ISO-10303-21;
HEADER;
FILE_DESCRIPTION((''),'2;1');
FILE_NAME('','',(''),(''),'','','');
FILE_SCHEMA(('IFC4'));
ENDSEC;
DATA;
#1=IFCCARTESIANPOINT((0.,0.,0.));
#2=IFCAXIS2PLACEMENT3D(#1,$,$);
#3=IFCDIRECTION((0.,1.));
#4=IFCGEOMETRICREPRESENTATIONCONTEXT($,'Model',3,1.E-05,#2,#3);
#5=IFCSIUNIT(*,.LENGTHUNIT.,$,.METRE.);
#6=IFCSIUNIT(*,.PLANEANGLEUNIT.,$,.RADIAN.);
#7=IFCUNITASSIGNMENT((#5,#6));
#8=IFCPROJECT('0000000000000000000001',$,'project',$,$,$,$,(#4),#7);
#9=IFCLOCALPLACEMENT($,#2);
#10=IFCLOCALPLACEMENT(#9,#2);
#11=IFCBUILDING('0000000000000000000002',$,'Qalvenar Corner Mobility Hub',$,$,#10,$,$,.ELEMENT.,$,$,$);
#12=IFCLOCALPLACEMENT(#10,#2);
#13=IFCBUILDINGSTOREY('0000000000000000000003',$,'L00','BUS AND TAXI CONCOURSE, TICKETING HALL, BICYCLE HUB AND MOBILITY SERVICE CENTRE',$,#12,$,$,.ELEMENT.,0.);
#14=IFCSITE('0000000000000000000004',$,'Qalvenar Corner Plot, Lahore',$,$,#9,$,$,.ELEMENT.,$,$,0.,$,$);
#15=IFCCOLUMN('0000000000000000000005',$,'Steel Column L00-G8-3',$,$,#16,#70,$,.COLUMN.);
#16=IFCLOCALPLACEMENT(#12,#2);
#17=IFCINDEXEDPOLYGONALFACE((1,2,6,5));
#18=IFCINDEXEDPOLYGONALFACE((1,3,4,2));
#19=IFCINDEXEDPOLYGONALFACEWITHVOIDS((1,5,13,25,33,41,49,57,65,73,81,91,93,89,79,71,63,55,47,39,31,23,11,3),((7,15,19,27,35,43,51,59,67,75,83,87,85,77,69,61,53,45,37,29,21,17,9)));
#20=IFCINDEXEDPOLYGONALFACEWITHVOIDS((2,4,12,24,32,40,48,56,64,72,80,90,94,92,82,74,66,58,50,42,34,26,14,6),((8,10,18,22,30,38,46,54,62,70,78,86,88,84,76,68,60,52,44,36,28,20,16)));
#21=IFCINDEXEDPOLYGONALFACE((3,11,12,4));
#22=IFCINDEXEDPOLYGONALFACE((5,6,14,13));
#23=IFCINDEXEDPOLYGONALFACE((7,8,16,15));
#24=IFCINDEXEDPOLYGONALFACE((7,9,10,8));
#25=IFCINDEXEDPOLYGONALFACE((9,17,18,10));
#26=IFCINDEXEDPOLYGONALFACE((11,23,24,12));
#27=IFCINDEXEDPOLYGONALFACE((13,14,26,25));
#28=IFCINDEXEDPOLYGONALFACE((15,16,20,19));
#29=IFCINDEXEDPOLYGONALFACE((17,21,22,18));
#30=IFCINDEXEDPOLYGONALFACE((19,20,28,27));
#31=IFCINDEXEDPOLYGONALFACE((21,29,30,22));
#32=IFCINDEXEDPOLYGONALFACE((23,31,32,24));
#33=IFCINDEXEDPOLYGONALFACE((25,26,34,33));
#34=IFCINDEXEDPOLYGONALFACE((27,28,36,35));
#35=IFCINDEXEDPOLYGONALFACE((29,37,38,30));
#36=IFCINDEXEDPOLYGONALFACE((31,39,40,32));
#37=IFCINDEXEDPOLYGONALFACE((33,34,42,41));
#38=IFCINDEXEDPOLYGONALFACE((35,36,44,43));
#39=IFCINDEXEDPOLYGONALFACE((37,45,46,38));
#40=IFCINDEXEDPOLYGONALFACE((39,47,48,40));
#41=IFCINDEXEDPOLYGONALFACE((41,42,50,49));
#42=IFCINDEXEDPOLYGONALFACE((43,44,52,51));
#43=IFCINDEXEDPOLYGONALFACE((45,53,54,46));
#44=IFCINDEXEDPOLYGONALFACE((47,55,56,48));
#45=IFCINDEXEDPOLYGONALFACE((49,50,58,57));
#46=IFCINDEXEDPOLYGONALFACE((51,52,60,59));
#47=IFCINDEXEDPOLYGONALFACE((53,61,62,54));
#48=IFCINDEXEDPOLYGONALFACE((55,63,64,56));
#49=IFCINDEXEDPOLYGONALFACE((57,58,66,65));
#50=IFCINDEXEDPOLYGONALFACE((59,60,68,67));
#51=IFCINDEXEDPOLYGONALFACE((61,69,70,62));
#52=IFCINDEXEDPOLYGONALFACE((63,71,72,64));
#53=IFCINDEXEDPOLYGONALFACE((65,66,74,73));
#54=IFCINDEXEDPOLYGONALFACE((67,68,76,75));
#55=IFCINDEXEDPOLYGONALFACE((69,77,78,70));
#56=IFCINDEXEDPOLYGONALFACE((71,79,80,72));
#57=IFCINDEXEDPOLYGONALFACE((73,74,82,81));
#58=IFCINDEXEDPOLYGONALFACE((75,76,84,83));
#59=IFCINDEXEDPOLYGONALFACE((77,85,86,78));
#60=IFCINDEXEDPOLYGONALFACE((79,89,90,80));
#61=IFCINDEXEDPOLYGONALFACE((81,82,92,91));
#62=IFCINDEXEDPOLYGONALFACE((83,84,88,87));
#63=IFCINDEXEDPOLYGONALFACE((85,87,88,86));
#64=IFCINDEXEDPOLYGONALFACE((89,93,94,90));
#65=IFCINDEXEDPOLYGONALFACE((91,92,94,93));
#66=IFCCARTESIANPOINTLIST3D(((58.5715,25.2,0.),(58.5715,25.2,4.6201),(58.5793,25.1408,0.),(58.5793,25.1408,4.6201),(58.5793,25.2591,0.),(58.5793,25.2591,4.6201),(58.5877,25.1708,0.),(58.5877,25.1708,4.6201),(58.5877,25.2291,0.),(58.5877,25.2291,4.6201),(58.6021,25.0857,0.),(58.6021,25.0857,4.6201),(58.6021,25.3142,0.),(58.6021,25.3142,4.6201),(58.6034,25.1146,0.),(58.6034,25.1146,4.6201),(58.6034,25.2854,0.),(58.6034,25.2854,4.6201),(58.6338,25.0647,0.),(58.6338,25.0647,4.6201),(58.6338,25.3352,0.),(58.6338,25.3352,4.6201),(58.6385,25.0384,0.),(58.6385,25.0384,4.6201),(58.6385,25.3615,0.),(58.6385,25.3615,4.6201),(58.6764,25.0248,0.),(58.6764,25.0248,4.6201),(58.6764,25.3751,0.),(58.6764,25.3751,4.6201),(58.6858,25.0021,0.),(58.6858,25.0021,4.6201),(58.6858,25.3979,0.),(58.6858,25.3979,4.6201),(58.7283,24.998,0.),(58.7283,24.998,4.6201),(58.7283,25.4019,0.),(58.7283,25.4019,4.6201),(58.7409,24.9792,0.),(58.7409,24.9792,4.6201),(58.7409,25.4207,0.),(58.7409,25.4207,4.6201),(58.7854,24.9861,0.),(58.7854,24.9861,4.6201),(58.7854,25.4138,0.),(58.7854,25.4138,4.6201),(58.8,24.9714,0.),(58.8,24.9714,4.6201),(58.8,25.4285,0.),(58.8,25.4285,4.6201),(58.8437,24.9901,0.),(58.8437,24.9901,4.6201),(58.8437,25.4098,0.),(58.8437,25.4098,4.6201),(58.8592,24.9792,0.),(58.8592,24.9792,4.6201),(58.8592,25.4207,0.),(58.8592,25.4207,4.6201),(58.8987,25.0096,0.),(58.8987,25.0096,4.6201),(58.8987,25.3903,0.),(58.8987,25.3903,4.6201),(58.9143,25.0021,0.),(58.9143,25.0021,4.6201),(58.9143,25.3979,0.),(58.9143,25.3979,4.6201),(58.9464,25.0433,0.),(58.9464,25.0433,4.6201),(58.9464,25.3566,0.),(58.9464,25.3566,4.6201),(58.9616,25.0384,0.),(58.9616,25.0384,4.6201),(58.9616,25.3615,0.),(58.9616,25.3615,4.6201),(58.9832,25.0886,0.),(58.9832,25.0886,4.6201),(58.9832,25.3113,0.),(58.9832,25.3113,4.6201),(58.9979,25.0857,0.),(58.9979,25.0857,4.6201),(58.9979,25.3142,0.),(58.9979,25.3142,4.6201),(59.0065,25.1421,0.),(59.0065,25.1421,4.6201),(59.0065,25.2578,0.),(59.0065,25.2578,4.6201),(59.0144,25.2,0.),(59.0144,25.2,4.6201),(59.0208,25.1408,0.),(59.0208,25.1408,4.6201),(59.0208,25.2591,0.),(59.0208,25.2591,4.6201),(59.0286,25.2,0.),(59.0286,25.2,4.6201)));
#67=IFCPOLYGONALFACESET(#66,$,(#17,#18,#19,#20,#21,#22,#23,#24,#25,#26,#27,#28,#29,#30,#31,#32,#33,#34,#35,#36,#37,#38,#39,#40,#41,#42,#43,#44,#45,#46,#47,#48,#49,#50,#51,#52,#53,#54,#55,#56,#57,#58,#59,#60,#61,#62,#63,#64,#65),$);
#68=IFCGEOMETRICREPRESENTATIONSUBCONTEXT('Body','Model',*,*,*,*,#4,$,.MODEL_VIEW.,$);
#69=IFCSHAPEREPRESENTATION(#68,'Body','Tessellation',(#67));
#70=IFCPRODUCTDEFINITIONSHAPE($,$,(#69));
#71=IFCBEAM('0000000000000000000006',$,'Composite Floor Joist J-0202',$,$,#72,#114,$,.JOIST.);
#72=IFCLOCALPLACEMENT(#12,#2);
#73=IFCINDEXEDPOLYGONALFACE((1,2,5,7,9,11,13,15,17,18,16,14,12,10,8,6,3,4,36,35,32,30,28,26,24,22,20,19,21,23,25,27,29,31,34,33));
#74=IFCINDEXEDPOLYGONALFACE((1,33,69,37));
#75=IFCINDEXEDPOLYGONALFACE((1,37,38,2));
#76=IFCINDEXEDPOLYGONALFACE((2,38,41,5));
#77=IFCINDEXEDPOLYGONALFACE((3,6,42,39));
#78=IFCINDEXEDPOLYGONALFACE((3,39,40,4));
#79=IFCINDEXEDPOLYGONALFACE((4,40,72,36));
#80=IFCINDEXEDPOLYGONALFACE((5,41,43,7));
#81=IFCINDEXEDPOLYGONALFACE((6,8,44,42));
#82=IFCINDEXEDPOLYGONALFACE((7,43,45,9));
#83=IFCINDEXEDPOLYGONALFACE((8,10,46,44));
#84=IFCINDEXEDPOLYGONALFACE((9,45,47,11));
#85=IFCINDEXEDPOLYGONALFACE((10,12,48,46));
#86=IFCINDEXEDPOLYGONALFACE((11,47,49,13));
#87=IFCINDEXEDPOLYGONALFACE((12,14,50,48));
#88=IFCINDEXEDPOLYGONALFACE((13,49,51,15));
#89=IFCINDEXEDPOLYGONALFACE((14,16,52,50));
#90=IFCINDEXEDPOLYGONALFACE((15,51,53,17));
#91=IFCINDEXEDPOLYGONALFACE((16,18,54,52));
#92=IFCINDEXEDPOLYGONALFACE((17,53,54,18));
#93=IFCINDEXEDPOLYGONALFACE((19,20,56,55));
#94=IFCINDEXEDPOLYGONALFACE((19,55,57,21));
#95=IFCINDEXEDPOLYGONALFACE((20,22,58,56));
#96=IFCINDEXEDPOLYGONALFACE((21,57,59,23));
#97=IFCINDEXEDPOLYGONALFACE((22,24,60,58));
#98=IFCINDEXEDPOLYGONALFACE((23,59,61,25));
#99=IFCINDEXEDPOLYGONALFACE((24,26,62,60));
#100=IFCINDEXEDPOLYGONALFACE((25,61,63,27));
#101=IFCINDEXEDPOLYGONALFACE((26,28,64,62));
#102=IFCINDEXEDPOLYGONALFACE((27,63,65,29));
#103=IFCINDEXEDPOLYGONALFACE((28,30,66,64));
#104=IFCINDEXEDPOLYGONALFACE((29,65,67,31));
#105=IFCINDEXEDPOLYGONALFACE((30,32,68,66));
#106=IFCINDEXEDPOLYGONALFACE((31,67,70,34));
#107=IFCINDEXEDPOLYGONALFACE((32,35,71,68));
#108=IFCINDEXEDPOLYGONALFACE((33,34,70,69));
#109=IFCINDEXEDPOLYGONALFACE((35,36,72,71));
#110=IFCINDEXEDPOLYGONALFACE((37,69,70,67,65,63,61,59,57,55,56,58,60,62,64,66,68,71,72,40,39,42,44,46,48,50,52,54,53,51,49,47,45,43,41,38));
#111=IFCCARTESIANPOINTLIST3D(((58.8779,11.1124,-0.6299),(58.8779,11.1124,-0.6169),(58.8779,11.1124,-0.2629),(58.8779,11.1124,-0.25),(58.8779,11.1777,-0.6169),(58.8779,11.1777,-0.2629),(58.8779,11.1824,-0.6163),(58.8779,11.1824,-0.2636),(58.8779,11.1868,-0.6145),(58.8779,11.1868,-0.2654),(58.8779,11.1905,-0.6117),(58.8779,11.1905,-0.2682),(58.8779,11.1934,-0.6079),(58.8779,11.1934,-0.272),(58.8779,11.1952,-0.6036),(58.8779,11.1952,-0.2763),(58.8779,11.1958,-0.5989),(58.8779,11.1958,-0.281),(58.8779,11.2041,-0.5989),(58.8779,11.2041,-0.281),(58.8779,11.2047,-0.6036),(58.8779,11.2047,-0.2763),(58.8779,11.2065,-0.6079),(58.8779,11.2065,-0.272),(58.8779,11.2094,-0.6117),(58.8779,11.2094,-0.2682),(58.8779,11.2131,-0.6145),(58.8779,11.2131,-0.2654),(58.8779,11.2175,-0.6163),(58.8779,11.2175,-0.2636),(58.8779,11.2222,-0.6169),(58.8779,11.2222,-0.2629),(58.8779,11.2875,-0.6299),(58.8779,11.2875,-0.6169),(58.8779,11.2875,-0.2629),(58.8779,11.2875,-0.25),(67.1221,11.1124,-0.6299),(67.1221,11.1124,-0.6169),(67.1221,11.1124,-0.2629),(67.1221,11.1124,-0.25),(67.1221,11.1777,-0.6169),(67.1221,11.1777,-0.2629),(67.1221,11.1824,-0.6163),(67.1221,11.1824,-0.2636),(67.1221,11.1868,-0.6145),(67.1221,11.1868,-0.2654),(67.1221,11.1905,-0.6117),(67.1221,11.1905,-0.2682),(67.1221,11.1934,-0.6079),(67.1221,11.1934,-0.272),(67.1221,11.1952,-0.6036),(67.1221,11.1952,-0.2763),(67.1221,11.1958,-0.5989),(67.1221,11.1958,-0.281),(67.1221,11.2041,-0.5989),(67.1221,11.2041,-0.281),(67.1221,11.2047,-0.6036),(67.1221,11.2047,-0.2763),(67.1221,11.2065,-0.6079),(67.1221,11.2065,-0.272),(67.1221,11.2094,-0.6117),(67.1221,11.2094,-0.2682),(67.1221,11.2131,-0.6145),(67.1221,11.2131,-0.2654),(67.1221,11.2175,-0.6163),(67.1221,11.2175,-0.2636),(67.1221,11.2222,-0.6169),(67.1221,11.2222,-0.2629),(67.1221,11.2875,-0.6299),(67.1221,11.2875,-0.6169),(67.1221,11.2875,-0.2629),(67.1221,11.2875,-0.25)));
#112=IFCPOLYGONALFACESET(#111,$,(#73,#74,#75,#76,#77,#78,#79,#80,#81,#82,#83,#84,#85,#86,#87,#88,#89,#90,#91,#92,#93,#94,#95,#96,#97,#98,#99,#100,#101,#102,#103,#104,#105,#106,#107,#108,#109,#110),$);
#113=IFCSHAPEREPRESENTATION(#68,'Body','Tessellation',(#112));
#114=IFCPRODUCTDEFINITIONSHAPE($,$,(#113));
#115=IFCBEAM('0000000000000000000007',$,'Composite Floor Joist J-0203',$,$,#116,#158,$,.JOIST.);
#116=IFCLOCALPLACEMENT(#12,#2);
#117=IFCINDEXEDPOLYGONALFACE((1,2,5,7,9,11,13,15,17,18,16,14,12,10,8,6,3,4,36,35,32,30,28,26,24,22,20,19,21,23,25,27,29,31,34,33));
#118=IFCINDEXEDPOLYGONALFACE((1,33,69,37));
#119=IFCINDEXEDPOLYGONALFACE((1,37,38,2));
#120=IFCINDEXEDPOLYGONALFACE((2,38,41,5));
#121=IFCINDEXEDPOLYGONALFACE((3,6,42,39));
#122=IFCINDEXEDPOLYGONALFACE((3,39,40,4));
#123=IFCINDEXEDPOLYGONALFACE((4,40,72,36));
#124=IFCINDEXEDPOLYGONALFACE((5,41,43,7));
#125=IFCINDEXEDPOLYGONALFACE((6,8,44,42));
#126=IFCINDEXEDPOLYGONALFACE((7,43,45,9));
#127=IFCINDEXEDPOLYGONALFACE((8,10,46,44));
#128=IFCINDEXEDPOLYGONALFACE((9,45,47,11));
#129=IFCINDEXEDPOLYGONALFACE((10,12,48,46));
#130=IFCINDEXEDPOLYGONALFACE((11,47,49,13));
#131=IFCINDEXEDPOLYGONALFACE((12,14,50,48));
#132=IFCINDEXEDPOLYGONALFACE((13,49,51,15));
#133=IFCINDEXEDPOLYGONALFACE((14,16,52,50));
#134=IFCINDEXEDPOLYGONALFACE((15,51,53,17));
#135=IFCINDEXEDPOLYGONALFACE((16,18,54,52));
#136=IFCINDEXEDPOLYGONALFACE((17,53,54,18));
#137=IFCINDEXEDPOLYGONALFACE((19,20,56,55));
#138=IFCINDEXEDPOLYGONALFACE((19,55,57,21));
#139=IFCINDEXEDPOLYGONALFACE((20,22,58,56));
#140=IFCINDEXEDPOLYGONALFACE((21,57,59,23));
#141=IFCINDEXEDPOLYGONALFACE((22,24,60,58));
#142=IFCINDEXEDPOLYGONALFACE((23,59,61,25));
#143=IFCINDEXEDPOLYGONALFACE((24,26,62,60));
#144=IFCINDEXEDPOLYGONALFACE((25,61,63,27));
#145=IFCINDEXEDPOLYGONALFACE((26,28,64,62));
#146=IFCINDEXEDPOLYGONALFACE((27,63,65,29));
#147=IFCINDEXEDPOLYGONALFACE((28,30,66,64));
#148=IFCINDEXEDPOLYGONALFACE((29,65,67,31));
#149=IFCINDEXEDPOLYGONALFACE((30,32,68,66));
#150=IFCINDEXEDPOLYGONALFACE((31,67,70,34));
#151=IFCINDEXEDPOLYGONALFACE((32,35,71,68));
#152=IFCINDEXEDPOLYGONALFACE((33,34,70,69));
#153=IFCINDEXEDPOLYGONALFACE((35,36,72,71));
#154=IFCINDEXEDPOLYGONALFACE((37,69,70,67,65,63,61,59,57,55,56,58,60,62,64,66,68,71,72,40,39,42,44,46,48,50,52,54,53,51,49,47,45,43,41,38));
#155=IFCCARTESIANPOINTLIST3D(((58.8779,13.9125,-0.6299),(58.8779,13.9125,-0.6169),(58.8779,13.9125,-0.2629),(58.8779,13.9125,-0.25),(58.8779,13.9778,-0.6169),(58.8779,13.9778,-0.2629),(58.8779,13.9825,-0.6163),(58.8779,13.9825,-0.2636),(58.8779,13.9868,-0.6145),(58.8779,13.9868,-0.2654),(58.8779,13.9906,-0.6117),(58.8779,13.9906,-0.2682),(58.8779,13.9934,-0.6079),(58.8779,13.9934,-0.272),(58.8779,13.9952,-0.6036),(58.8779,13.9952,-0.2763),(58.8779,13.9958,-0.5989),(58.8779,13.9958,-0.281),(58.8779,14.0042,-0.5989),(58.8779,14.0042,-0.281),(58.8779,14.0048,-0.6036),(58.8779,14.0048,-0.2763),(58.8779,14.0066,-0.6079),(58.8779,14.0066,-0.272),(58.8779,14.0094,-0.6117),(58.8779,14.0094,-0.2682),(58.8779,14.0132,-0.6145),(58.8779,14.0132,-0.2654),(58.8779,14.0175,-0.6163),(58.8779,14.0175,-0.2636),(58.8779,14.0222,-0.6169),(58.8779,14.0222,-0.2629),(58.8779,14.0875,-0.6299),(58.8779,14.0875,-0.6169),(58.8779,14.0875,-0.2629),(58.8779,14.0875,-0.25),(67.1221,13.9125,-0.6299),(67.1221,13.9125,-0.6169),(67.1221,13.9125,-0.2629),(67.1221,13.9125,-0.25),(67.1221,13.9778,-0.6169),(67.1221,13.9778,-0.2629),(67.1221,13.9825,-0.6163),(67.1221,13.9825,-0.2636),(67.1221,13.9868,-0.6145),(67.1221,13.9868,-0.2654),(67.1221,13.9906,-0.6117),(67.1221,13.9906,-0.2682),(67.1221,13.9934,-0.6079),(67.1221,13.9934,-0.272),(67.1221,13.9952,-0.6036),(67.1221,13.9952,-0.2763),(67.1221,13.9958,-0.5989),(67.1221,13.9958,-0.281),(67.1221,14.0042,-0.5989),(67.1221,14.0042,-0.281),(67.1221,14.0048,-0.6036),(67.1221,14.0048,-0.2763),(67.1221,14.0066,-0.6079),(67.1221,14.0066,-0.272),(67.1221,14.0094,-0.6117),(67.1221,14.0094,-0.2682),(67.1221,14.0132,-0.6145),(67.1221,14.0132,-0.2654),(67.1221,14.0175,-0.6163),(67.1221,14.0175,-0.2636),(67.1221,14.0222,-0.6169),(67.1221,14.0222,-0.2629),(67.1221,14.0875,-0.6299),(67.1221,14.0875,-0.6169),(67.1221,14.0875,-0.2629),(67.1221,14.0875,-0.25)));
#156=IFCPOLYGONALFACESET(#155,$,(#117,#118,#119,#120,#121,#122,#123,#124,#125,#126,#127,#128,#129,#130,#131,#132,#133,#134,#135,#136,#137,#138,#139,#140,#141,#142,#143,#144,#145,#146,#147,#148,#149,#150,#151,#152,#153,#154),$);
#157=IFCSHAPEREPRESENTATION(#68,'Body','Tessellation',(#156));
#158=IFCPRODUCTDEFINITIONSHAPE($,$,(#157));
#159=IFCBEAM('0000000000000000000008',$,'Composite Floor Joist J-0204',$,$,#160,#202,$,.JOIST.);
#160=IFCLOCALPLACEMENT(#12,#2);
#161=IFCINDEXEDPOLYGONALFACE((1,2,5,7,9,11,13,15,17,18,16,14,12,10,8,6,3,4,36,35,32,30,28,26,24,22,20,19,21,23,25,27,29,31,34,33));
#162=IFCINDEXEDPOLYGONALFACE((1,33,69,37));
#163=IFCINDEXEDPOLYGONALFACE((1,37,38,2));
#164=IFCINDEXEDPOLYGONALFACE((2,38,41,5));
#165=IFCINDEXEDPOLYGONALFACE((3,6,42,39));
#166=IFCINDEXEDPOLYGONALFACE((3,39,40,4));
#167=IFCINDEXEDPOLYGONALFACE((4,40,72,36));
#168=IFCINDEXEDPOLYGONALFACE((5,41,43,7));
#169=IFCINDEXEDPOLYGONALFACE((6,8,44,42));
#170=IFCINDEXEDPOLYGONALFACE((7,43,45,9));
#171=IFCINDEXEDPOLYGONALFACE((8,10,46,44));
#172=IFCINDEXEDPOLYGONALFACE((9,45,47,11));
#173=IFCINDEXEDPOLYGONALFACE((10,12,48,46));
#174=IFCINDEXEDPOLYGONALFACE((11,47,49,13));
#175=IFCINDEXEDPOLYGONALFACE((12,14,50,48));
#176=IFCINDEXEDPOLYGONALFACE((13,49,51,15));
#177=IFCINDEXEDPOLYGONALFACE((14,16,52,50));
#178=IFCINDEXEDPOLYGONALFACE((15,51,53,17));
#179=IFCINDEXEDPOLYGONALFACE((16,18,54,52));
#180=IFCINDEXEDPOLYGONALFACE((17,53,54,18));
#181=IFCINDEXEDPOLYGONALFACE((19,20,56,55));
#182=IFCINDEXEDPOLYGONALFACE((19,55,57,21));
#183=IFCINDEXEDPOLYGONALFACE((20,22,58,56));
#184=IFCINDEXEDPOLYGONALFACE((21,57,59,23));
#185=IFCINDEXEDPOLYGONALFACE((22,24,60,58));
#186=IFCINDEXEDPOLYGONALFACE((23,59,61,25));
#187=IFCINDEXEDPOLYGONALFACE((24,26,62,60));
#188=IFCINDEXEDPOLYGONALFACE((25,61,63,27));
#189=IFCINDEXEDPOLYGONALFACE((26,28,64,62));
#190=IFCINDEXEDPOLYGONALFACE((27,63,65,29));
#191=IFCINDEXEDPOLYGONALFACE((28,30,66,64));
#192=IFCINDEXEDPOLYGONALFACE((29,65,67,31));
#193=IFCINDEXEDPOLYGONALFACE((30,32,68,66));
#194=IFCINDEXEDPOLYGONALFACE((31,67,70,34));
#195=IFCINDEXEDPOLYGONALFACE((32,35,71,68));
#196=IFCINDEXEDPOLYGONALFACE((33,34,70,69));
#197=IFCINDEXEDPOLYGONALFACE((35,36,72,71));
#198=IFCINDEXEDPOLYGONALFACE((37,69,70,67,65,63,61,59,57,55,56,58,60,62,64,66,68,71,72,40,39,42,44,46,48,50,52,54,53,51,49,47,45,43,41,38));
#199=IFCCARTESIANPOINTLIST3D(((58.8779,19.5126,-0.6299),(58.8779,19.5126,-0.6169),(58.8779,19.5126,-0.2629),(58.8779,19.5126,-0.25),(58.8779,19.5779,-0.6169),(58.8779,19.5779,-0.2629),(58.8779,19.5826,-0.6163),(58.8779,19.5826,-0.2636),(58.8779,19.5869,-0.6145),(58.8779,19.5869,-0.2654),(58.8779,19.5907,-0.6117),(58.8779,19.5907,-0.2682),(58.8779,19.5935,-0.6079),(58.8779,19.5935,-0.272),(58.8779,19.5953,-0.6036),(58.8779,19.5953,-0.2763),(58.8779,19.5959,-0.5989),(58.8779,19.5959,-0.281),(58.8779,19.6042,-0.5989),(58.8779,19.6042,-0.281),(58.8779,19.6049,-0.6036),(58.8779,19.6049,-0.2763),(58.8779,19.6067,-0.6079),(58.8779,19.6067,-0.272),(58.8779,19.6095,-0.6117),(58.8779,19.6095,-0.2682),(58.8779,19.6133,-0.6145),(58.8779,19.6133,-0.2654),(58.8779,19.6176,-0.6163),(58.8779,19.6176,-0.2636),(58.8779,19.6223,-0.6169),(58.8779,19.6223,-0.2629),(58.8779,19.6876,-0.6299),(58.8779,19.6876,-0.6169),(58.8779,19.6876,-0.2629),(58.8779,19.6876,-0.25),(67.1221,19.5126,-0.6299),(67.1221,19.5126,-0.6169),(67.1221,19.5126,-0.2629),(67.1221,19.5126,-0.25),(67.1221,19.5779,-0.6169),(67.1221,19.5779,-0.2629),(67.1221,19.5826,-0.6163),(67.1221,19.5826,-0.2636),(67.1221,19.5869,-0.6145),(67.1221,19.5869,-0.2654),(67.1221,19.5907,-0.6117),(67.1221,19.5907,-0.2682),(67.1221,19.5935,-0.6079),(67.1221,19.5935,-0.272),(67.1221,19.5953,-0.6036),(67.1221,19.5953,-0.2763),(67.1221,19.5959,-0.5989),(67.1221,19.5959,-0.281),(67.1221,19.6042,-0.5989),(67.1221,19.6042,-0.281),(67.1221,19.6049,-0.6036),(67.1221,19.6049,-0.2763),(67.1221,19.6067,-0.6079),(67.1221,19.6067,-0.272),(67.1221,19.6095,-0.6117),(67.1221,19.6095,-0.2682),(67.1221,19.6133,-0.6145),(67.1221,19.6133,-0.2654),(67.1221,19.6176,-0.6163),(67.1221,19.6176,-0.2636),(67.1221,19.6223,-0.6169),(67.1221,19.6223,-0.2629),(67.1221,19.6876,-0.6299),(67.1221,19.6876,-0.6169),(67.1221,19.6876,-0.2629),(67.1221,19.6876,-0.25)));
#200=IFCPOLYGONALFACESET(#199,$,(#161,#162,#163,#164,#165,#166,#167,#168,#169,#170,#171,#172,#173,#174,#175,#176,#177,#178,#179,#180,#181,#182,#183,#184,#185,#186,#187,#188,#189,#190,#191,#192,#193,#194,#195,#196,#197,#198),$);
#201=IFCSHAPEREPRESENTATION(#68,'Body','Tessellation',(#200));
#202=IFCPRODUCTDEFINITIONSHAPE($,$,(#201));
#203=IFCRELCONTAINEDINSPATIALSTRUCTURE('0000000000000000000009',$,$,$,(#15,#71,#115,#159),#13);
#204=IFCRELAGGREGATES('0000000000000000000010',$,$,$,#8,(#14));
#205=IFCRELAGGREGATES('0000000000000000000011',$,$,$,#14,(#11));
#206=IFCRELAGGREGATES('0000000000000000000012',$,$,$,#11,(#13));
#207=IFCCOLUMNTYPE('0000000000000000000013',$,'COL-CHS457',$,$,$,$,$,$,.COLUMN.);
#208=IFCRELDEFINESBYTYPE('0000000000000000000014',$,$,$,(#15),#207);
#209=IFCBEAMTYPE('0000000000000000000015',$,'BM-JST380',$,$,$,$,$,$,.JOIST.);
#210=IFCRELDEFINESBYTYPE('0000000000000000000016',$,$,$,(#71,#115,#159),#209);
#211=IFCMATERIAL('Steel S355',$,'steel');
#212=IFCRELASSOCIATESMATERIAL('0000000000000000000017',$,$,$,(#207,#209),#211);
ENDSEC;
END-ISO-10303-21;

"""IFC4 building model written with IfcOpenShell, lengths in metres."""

from ifc_helpers import new_model, si_unit, direction, frame, origin, origin_2d, place, context, subcontext, project, spatial, hollow_circle, i_section, extrude, material, material_profile, profile_set, type_object, element, save


model = new_model("IFC4")

# Units and contexts
model_context = context("Model", 3, precision=1e-05, world=origin(), true_north=direction((0.0, 1.0)))
body_context = subcontext(model_context, "Body", "Model", "MODEL_VIEW")
ifc_project = project(units=[si_unit("LENGTHUNIT", "METRE"), si_unit("PLANEANGLEUNIT", "RADIAN")], contexts=[model_context])

# Site, building, storey
site_placement = place(None, origin())
site = spatial("IfcSite", under=ifc_project, at=site_placement, Name="Qalvenar Corner Plot, Lahore", CompositionType="ELEMENT", RefElevation=0.0)
building_placement = place(site_placement, origin())
building = spatial("IfcBuilding", under=site, at=building_placement, Name="Qalvenar Corner Mobility Hub", CompositionType="ELEMENT")
storey_placement = place(building_placement, origin())
storey = spatial("IfcBuildingStorey", under=building, at=storey_placement, Name="L00", Description="BUS AND TAXI CONCOURSE, TICKETING HALL, BICYCLE HUB AND MOBILITY SERVICE CENTRE", CompositionType="ELEMENT", Elevation=0.0)

# Column
ifc_material_1 = material(Name="Steel S355", Category="steel")
ifc_material_profile_1 = material_profile(ifc_material_1, hollow_circle(Radius=0.2285, WallThickness=0.0142, at=origin_2d()), Name="CHS457x14.2")
ifc_profile_set_1 = profile_set([ifc_material_profile_1], Name="Steel S355")
column_type = type_object("IfcColumnType", Name="COL-CHS457", PredefinedType="COLUMN", material=ifc_profile_set_1)
column_placement = place(storey_placement, frame((58.8, 25.2, 0.0), z_axis=(0.0, 0.0, 1.0), x_axis=(1.0, 0.0, 0.0)))
element("IfcColumn", 1, at=column_placement, inside=storey, type_object=column_type, Name="Steel Column L00-G8-3", PredefinedType="COLUMN", context=body_context, shape_type="SweptSolid", body=[
    extrude(hollow_circle(Radius=0.2285, WallThickness=0.0142, at=origin_2d()), origin(), (0.0, 0.0, 1.0), 4.6201),
])

# Beams
ifc_material_profile_2 = material_profile(ifc_material_1, i_section(OverallWidth=0.175, OverallDepth=0.3799, WebThickness=0.0083, FlangeThickness=0.0129, FilletRadius=0.0181, at=origin_2d()), Name="IPE380-EQ")
ifc_profile_set_2 = profile_set([ifc_material_profile_2], Name="Steel S355")
beam_type_1 = type_object("IfcBeamType", Name="BM-JST380", PredefinedType="JOIST", material=ifc_profile_set_2)
for number, where, z_axis, x_axis, name in (
    (2, (58.8779, 11.2, -0.4399), (1.0, 0.0, 0.0), (0.0, 1.0, 0.0), "Composite Floor Joist J-0202"),
    (3, (58.8779, 14.0, -0.4399), (1.0, 0.0, 0.0), (0.0, 1.0, 0.0), "Composite Floor Joist J-0203"),
    (4, (58.8779, 19.6001, -0.4399), (1.0, 0.0, 0.0), (0.0, 1.0, 0.0), "Composite Floor Joist J-0204"),
):
    element("IfcBeam", number, at=place(storey_placement, frame(where, z_axis=z_axis, x_axis=x_axis)), inside=storey, type_object=beam_type_1, Name=name, PredefinedType="JOIST", context=body_context, shape_type="SweptSolid", body=[
        extrude(i_section(OverallWidth=0.175, OverallDepth=0.3799, WebThickness=0.0083, FlangeThickness=0.0129, FilletRadius=0.0181, at=origin_2d()), origin(), (0.0, 0.0, 1.0), 8.2441),
    ])

save(model, "model.ifc")
